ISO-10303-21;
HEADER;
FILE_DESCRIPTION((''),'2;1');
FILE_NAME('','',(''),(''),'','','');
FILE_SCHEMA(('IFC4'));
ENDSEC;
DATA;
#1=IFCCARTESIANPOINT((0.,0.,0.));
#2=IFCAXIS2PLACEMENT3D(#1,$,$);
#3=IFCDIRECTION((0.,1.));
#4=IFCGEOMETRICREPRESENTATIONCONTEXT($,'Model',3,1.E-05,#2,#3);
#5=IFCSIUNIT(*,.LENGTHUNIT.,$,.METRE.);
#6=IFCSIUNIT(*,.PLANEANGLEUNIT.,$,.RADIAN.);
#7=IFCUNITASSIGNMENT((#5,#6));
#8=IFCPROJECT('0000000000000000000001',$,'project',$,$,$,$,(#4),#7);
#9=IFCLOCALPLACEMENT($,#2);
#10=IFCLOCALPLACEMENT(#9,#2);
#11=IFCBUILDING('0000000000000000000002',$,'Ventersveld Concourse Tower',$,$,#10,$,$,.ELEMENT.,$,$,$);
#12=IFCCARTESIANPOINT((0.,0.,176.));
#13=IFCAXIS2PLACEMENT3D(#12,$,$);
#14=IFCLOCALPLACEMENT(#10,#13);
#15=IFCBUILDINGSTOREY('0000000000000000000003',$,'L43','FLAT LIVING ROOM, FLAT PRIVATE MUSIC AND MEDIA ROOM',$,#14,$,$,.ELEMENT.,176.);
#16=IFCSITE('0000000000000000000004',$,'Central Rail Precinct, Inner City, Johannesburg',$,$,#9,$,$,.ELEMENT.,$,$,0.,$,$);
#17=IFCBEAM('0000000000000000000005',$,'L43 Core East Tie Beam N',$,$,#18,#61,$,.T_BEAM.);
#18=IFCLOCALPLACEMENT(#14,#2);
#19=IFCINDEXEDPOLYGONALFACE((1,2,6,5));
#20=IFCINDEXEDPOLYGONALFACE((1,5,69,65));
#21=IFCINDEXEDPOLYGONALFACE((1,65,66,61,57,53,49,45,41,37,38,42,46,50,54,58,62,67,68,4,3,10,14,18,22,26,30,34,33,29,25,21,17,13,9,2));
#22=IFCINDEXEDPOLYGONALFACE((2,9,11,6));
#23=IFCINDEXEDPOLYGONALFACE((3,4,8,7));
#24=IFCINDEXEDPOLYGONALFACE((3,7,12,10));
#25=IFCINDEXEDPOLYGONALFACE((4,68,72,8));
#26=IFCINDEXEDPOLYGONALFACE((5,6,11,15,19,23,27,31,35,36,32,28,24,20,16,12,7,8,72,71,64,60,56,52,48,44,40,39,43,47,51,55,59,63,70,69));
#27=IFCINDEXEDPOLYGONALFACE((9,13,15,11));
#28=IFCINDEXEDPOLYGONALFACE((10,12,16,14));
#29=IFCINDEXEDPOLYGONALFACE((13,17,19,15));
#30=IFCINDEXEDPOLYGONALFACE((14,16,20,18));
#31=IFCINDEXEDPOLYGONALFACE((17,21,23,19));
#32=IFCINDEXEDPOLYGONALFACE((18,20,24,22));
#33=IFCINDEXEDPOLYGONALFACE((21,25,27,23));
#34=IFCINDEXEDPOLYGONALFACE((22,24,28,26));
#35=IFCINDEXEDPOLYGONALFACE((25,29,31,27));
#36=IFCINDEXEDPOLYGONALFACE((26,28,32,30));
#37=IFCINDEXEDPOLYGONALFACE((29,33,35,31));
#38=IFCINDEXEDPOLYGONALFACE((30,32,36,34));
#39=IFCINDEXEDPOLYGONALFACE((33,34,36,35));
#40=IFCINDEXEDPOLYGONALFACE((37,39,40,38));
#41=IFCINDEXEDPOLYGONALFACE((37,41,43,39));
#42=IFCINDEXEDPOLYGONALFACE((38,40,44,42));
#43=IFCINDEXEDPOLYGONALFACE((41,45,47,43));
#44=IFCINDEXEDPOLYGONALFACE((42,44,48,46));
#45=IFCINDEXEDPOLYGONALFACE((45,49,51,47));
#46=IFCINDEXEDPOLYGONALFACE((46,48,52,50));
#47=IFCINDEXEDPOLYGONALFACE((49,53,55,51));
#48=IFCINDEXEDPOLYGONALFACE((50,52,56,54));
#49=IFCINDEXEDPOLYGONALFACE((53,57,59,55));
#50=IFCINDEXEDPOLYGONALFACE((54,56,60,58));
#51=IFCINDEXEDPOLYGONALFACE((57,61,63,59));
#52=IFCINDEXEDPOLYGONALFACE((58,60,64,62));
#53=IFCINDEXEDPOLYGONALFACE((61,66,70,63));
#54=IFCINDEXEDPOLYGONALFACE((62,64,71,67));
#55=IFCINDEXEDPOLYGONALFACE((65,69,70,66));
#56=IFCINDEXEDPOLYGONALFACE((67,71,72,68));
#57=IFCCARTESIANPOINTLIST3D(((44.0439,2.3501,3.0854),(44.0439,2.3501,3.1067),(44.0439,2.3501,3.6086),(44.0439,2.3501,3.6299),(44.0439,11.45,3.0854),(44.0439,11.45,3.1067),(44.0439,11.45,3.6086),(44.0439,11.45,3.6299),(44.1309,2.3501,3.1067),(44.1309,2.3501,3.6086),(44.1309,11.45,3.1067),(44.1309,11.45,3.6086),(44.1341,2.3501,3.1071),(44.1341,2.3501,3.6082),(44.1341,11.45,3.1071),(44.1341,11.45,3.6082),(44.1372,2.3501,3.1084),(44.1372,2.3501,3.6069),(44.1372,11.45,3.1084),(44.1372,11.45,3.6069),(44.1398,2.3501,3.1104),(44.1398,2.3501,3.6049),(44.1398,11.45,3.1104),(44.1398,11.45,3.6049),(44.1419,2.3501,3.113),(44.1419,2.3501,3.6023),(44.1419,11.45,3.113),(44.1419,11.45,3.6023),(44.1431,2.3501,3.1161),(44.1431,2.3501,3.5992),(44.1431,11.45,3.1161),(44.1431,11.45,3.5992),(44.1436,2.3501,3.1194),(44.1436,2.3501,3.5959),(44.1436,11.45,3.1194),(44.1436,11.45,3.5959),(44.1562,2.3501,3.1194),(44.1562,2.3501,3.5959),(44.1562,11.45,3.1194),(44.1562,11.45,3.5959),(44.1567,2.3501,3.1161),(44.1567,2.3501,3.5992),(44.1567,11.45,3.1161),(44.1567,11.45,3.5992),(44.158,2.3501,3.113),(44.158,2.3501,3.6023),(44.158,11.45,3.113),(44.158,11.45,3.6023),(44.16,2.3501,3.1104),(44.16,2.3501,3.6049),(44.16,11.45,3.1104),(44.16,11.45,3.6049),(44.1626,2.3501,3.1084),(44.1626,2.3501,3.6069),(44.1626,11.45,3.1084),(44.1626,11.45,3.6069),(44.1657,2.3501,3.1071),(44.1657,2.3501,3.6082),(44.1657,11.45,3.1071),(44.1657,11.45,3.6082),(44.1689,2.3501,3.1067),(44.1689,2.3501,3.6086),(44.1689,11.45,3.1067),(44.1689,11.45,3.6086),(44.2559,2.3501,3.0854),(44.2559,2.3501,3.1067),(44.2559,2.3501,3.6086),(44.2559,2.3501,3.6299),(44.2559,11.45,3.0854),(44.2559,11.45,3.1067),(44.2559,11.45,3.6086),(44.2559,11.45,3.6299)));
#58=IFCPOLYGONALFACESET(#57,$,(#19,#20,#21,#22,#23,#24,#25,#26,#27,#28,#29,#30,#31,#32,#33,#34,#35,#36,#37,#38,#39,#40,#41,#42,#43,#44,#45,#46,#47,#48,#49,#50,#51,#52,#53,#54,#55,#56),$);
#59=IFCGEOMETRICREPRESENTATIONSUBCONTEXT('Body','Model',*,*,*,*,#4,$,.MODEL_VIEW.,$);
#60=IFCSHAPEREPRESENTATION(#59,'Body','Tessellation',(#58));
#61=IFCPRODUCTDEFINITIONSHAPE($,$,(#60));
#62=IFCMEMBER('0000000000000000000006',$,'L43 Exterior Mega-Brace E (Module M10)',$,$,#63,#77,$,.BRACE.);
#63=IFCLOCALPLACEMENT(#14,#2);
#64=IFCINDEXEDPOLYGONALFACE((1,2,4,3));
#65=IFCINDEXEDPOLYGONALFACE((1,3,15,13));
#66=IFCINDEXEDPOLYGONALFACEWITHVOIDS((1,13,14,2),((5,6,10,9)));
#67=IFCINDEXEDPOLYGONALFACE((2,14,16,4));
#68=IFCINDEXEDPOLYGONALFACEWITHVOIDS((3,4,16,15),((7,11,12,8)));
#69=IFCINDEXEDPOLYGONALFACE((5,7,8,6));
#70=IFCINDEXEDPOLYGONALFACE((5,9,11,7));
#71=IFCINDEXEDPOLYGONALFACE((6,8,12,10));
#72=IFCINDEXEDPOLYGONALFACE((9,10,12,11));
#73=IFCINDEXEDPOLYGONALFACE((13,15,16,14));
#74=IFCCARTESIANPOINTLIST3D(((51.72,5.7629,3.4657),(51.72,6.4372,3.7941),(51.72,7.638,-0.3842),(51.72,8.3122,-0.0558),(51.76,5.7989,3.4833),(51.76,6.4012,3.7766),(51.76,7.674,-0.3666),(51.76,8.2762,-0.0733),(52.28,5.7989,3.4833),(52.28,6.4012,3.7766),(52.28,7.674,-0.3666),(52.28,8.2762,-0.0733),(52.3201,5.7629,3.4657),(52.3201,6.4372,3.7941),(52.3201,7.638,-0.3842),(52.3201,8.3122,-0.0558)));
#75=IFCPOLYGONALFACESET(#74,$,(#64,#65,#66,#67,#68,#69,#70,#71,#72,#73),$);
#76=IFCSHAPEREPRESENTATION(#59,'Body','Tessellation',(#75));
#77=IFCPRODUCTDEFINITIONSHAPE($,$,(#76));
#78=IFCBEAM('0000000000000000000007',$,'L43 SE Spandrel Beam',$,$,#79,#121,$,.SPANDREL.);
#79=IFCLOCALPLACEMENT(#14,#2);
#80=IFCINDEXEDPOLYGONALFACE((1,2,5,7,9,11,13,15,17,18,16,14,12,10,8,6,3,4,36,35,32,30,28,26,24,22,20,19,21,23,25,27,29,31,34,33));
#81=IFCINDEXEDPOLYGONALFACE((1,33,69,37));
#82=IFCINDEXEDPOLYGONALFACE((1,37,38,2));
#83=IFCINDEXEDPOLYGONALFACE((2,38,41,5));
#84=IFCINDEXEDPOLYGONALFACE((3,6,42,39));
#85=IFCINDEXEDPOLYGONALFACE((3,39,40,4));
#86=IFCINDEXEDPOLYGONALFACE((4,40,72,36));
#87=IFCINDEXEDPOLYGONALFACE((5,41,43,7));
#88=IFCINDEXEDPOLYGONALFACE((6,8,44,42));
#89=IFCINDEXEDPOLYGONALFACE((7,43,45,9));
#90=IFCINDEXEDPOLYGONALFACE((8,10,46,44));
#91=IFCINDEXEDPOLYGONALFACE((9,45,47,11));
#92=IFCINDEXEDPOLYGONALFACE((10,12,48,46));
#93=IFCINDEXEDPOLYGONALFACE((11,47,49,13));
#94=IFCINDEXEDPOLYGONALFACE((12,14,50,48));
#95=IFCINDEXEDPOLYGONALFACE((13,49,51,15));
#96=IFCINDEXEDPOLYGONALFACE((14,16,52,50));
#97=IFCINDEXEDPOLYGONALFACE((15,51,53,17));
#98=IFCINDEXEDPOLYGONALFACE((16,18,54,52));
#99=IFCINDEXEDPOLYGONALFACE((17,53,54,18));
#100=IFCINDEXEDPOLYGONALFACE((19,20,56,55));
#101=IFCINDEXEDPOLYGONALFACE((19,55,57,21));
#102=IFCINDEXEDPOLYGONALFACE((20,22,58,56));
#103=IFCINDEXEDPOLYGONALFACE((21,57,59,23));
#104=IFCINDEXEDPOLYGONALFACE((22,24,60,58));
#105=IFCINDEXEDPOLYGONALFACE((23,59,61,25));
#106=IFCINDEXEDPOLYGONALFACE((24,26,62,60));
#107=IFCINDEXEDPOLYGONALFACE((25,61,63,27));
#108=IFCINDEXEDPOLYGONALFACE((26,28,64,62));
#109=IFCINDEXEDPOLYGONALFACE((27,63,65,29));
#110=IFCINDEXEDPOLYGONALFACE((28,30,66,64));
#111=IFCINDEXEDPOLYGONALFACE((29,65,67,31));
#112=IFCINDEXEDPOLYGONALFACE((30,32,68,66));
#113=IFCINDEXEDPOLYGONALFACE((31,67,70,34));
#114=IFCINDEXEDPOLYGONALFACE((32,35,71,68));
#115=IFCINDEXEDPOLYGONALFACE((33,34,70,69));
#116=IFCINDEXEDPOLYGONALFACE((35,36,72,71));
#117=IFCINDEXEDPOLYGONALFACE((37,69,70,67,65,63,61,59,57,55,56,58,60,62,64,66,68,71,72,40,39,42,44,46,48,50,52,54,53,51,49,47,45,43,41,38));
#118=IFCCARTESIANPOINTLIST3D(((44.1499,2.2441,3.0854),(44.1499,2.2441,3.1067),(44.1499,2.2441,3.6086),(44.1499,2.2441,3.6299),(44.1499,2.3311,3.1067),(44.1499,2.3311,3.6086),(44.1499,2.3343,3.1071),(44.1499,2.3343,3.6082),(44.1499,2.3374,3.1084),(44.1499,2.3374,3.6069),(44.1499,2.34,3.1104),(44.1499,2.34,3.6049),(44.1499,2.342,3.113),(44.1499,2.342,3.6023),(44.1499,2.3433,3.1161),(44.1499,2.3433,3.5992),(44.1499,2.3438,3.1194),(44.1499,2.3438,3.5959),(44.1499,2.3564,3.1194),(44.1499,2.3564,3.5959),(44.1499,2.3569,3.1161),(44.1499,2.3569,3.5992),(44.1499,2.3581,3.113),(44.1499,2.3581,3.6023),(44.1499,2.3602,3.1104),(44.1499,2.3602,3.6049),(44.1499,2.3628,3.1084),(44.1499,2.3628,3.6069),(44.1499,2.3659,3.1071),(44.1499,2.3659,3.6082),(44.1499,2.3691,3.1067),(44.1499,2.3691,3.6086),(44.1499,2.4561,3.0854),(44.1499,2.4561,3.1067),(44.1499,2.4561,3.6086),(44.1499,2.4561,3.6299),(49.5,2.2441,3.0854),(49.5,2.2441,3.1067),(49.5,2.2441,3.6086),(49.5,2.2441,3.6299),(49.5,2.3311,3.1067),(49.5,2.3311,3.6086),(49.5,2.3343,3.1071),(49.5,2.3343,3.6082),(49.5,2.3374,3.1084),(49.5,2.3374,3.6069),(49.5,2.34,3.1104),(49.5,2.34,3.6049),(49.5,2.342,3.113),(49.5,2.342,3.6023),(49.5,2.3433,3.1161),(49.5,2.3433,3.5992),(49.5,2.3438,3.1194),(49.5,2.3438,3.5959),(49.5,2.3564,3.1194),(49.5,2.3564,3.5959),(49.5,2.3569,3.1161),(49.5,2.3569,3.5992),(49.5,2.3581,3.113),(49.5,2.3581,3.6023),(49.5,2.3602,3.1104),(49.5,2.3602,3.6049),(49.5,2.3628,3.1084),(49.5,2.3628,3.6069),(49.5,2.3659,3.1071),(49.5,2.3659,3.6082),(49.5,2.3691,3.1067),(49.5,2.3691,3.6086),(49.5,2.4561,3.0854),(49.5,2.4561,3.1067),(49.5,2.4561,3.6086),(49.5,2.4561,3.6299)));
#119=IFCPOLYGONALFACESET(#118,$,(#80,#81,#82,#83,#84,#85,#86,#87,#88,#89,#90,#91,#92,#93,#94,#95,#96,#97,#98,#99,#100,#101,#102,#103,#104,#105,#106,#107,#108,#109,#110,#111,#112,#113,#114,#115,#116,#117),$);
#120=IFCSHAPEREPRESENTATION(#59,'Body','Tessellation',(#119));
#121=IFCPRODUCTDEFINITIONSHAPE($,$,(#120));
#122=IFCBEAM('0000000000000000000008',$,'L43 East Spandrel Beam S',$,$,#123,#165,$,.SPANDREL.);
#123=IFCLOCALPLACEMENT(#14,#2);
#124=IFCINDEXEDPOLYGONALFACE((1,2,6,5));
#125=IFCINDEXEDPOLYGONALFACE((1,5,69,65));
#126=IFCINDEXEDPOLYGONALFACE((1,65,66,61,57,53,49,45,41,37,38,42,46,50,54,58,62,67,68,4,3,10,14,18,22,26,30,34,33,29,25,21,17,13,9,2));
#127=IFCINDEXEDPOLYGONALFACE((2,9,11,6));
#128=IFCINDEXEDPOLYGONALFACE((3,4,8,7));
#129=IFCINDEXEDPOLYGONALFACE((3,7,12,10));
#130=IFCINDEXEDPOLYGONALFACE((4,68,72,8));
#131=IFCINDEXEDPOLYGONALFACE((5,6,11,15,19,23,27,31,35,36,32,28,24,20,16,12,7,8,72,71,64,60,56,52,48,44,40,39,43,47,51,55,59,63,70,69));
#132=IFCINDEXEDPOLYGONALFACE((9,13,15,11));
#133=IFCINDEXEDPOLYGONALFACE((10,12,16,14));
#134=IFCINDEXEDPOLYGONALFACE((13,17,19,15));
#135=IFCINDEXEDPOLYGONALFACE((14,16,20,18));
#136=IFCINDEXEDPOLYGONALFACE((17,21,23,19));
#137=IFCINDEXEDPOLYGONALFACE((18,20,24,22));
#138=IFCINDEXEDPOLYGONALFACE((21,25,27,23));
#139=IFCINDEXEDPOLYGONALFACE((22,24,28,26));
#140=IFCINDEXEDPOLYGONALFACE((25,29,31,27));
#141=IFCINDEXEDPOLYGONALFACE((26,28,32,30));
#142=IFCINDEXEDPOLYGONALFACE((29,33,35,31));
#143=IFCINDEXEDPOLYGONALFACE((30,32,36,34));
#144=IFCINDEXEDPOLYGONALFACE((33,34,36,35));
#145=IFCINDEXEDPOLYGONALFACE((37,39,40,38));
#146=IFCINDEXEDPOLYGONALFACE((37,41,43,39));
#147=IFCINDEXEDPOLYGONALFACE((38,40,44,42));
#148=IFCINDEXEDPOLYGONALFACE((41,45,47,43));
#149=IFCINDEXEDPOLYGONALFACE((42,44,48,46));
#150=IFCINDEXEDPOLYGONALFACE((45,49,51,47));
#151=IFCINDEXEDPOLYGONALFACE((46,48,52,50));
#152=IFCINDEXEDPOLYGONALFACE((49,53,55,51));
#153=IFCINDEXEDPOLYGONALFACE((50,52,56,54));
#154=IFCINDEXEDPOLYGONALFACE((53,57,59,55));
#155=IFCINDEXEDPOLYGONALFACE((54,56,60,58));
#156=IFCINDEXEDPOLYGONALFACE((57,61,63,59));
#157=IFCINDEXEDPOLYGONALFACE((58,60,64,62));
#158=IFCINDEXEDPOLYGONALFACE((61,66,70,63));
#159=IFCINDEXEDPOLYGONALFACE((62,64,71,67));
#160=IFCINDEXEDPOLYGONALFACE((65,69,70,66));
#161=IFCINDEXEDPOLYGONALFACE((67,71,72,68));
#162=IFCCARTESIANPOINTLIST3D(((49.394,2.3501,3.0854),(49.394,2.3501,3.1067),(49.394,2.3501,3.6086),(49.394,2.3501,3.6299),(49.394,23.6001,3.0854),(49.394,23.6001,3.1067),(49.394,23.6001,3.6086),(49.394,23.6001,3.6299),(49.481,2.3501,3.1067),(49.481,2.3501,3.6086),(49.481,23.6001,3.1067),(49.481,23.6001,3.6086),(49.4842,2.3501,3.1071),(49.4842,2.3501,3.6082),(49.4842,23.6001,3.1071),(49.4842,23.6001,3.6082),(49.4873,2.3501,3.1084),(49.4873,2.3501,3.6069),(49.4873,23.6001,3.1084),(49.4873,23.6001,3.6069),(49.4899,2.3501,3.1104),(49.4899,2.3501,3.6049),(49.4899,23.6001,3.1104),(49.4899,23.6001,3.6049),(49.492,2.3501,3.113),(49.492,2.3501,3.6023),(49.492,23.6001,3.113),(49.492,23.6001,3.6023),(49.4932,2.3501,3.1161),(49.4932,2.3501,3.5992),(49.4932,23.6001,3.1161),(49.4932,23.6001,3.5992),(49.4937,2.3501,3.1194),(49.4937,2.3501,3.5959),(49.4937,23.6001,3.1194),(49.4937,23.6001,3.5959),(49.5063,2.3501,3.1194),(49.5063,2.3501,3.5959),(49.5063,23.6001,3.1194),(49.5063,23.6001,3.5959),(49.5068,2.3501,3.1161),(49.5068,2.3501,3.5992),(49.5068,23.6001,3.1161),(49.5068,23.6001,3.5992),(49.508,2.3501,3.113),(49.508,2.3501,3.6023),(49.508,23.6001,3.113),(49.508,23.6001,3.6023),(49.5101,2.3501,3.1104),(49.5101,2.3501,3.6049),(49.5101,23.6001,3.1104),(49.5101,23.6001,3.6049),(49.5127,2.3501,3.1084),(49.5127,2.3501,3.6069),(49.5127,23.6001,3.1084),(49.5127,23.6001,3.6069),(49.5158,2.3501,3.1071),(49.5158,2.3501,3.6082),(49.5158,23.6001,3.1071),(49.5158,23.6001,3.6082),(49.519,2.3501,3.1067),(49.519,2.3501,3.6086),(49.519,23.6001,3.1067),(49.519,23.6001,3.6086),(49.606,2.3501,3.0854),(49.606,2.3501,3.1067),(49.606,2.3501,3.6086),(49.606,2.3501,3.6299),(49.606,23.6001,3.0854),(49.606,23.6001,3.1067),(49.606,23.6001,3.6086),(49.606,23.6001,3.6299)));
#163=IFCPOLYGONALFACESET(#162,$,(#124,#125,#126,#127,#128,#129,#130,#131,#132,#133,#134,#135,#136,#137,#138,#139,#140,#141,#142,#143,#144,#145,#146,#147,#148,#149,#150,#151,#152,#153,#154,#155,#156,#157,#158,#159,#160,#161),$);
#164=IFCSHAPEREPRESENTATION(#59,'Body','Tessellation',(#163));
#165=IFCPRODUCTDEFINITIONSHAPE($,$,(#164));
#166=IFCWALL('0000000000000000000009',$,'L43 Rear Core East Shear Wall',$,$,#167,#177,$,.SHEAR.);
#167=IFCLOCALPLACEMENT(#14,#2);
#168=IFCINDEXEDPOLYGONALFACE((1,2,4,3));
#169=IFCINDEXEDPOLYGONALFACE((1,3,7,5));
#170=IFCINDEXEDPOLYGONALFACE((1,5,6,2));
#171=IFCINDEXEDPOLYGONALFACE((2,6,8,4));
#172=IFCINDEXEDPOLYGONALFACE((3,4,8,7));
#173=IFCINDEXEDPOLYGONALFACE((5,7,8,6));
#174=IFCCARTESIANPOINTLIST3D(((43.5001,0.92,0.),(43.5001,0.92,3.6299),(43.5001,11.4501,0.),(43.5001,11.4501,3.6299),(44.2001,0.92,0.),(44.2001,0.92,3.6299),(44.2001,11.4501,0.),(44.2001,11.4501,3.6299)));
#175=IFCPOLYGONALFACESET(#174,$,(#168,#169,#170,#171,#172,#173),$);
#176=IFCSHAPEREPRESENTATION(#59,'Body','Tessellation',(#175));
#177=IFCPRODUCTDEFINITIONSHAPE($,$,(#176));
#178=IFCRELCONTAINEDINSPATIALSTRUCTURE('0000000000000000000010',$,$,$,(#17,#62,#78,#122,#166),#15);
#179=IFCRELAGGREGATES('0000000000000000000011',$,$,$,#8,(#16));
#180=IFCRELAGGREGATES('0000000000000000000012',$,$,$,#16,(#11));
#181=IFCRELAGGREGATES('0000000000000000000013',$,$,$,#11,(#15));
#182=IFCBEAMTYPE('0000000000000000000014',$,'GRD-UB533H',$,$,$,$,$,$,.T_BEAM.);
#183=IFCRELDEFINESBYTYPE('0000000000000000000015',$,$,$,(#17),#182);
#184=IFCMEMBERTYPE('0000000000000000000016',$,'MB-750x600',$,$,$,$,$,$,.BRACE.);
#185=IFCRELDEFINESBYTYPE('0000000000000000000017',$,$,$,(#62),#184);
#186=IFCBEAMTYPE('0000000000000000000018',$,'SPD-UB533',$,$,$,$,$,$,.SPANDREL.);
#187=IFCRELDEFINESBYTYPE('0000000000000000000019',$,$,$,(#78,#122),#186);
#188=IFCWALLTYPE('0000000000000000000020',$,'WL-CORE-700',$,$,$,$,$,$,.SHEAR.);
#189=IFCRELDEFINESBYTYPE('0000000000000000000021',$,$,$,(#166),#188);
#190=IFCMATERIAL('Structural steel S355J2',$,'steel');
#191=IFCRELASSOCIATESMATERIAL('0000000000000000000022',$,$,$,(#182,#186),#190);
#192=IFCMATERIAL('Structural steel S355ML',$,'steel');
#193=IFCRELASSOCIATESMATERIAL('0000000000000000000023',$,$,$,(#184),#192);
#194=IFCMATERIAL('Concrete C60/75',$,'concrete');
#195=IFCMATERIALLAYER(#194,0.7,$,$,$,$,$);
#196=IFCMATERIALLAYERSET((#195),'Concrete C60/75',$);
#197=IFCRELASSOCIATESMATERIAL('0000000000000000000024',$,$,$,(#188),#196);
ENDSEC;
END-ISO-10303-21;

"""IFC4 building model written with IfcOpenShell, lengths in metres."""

from ifc_helpers import new_model, si_unit, direction, frame, frame_2d, origin, origin_2d, place, context, subcontext, project, spatial, rectangle, hollow_rectangle, i_section, extrude, material, layer, layer_set, material_profile, profile_set, type_object, element, save


model = new_model("IFC4")

# Units and contexts
model_context = context("Model", 3, precision=1e-05, world=origin(), true_north=direction((0.0, 1.0)))
body_context = subcontext(model_context, "Body", "Model", "MODEL_VIEW")
ifc_project = project(units=[si_unit("LENGTHUNIT", "METRE"), si_unit("PLANEANGLEUNIT", "RADIAN")], contexts=[model_context])

# Site, building, storey
site_placement = place(None, origin())
site = spatial("IfcSite", under=ifc_project, at=site_placement, Name="Central Rail Precinct, Inner City, Johannesburg", CompositionType="ELEMENT", RefElevation=0.0)
building_placement = place(site_placement, origin())
building = spatial("IfcBuilding", under=site, at=building_placement, Name="Ventersveld Concourse Tower", CompositionType="ELEMENT")
storey_placement = place(building_placement, frame((0.0, 0.0, 176.0)))
storey = spatial("IfcBuildingStorey", under=building, at=storey_placement, Name="L43", Description="FLAT LIVING ROOM, FLAT PRIVATE MUSIC AND MEDIA ROOM", CompositionType="ELEMENT", Elevation=176.0)

# Beam
ifc_material_1 = material(Name="Structural steel S355J2", Category="steel")
ifc_material_profile_1 = material_profile(ifc_material_1, i_section(OverallWidth=0.2119, OverallDepth=0.5444, WebThickness=0.0127, FlangeThickness=0.0212, FilletRadius=0.0127, at=origin_2d()), Name="UB 533x210x122")
ifc_profile_set_1 = profile_set([ifc_material_profile_1], Name="Structural steel S355J2")
beam_type_1 = type_object("IfcBeamType", Name="GRD-UB533H", PredefinedType="T_BEAM", material=ifc_profile_set_1)
beam_1_placement = place(storey_placement, frame((44.1499, 2.3501, 3.3577), z_axis=(0.0, 1.0, 0.0), x_axis=(-1.0, 0.0, 0.0)))
element("IfcBeam", 1, at=beam_1_placement, inside=storey, type_object=beam_type_1, Name="L43 Core East Tie Beam N", PredefinedType="T_BEAM", context=body_context, shape_type="SweptSolid", body=[
    extrude(i_section(OverallWidth=0.2119, OverallDepth=0.5444, WebThickness=0.0127, FlangeThickness=0.0212, FilletRadius=0.0127, at=origin_2d()), origin(), (0.0, 0.0, 1.0), 9.0999),
])

# Member
ifc_material_2 = material(Name="Structural steel S355ML", Category="steel")
ifc_material_profile_2 = material_profile(ifc_material_2, hollow_rectangle(XDim=0.6001, YDim=0.75, WallThickness=0.04, at=origin_2d()), Name="BOX 750x600x40")
ifc_profile_set_2 = profile_set([ifc_material_profile_2], Name="Structural steel S355ML")
member_type = type_object("IfcMemberType", Name="MB-750x600", PredefinedType="BRACE", material=ifc_profile_set_2)
member_placement = place(storey_placement, frame((52.02, 7.9751, -0.22), z_axis=(0.0, -0.437862, 0.899042), x_axis=(1.0, 0.0, 0.0)))
element("IfcMember", 2, at=member_placement, inside=storey, type_object=member_type, Name="L43 Exterior Mega-Brace E (Module M10)", PredefinedType="BRACE", context=body_context, shape_type="SweptSolid", body=[
    extrude(hollow_rectangle(XDim=0.6001, YDim=0.75, WallThickness=0.04, at=origin_2d()), origin(), (0.0, 0.0, 1.0), 4.2822),
])

# Beams
ifc_material_profile_3 = material_profile(ifc_material_1, i_section(OverallWidth=0.2119, OverallDepth=0.5444, WebThickness=0.0127, FlangeThickness=0.0212, FilletRadius=0.0127, at=origin_2d()), Name="UB 533x210x122")
ifc_profile_set_3 = profile_set([ifc_material_profile_3], Name="Structural steel S355J2")
beam_type_2 = type_object("IfcBeamType", Name="SPD-UB533", PredefinedType="SPANDREL", material=ifc_profile_set_3)
beam_2_placement = place(storey_placement, frame((44.1499, 2.3501, 3.3577), z_axis=(1.0, 0.0, 0.0), x_axis=(0.0, 1.0, 0.0)))
element("IfcBeam", 3, at=beam_2_placement, inside=storey, type_object=beam_type_2, Name="L43 SE Spandrel Beam", PredefinedType="SPANDREL", context=body_context, shape_type="SweptSolid", body=[
    extrude(i_section(OverallWidth=0.2119, OverallDepth=0.5444, WebThickness=0.0127, FlangeThickness=0.0212, FilletRadius=0.0127, at=origin_2d()), origin(), (0.0, 0.0, 1.0), 5.3501),
])
beam_3_placement = place(storey_placement, frame((49.5, 2.3501, 3.3577), z_axis=(0.0, 1.0, 0.0), x_axis=(-1.0, 0.0, 0.0)))
element("IfcBeam", 4, at=beam_3_placement, inside=storey, type_object=beam_type_2, Name="L43 East Spandrel Beam S", PredefinedType="SPANDREL", context=body_context, shape_type="SweptSolid", body=[
    extrude(i_section(OverallWidth=0.2119, OverallDepth=0.5444, WebThickness=0.0127, FlangeThickness=0.0212, FilletRadius=0.0127, at=origin_2d()), origin(), (0.0, 0.0, 1.0), 21.25),
])

# Wall
ifc_material_3 = material(Name="Concrete C60/75", Category="concrete")
ifc_layer_1 = layer(ifc_material_3, 0.7)
ifc_layer_set_1 = layer_set([ifc_layer_1], Name="Concrete C60/75")
wall_type_1 = type_object("IfcWallType", Name="WL-CORE-700", PredefinedType="SHEAR", material=ifc_layer_set_1)
wall_1_placement = place(storey_placement, frame((43.8501, 0.9199, 0.0), z_axis=(0.0, 0.0, 1.0), x_axis=(0.0, 1.0, 0.0)))
element("IfcWall", 5, at=wall_1_placement, inside=storey, type_object=wall_type_1, Name="L43 Rear Core East Shear Wall", PredefinedType="SHEAR", context=body_context, shape_type="SweptSolid", body=[
    extrude(rectangle(XDim=10.53, YDim=0.7, at=frame_2d((5.2651, 0.0))), origin(), (0.0, 0.0, 1.0), 3.6299),
])

save(model, "model.ifc")
